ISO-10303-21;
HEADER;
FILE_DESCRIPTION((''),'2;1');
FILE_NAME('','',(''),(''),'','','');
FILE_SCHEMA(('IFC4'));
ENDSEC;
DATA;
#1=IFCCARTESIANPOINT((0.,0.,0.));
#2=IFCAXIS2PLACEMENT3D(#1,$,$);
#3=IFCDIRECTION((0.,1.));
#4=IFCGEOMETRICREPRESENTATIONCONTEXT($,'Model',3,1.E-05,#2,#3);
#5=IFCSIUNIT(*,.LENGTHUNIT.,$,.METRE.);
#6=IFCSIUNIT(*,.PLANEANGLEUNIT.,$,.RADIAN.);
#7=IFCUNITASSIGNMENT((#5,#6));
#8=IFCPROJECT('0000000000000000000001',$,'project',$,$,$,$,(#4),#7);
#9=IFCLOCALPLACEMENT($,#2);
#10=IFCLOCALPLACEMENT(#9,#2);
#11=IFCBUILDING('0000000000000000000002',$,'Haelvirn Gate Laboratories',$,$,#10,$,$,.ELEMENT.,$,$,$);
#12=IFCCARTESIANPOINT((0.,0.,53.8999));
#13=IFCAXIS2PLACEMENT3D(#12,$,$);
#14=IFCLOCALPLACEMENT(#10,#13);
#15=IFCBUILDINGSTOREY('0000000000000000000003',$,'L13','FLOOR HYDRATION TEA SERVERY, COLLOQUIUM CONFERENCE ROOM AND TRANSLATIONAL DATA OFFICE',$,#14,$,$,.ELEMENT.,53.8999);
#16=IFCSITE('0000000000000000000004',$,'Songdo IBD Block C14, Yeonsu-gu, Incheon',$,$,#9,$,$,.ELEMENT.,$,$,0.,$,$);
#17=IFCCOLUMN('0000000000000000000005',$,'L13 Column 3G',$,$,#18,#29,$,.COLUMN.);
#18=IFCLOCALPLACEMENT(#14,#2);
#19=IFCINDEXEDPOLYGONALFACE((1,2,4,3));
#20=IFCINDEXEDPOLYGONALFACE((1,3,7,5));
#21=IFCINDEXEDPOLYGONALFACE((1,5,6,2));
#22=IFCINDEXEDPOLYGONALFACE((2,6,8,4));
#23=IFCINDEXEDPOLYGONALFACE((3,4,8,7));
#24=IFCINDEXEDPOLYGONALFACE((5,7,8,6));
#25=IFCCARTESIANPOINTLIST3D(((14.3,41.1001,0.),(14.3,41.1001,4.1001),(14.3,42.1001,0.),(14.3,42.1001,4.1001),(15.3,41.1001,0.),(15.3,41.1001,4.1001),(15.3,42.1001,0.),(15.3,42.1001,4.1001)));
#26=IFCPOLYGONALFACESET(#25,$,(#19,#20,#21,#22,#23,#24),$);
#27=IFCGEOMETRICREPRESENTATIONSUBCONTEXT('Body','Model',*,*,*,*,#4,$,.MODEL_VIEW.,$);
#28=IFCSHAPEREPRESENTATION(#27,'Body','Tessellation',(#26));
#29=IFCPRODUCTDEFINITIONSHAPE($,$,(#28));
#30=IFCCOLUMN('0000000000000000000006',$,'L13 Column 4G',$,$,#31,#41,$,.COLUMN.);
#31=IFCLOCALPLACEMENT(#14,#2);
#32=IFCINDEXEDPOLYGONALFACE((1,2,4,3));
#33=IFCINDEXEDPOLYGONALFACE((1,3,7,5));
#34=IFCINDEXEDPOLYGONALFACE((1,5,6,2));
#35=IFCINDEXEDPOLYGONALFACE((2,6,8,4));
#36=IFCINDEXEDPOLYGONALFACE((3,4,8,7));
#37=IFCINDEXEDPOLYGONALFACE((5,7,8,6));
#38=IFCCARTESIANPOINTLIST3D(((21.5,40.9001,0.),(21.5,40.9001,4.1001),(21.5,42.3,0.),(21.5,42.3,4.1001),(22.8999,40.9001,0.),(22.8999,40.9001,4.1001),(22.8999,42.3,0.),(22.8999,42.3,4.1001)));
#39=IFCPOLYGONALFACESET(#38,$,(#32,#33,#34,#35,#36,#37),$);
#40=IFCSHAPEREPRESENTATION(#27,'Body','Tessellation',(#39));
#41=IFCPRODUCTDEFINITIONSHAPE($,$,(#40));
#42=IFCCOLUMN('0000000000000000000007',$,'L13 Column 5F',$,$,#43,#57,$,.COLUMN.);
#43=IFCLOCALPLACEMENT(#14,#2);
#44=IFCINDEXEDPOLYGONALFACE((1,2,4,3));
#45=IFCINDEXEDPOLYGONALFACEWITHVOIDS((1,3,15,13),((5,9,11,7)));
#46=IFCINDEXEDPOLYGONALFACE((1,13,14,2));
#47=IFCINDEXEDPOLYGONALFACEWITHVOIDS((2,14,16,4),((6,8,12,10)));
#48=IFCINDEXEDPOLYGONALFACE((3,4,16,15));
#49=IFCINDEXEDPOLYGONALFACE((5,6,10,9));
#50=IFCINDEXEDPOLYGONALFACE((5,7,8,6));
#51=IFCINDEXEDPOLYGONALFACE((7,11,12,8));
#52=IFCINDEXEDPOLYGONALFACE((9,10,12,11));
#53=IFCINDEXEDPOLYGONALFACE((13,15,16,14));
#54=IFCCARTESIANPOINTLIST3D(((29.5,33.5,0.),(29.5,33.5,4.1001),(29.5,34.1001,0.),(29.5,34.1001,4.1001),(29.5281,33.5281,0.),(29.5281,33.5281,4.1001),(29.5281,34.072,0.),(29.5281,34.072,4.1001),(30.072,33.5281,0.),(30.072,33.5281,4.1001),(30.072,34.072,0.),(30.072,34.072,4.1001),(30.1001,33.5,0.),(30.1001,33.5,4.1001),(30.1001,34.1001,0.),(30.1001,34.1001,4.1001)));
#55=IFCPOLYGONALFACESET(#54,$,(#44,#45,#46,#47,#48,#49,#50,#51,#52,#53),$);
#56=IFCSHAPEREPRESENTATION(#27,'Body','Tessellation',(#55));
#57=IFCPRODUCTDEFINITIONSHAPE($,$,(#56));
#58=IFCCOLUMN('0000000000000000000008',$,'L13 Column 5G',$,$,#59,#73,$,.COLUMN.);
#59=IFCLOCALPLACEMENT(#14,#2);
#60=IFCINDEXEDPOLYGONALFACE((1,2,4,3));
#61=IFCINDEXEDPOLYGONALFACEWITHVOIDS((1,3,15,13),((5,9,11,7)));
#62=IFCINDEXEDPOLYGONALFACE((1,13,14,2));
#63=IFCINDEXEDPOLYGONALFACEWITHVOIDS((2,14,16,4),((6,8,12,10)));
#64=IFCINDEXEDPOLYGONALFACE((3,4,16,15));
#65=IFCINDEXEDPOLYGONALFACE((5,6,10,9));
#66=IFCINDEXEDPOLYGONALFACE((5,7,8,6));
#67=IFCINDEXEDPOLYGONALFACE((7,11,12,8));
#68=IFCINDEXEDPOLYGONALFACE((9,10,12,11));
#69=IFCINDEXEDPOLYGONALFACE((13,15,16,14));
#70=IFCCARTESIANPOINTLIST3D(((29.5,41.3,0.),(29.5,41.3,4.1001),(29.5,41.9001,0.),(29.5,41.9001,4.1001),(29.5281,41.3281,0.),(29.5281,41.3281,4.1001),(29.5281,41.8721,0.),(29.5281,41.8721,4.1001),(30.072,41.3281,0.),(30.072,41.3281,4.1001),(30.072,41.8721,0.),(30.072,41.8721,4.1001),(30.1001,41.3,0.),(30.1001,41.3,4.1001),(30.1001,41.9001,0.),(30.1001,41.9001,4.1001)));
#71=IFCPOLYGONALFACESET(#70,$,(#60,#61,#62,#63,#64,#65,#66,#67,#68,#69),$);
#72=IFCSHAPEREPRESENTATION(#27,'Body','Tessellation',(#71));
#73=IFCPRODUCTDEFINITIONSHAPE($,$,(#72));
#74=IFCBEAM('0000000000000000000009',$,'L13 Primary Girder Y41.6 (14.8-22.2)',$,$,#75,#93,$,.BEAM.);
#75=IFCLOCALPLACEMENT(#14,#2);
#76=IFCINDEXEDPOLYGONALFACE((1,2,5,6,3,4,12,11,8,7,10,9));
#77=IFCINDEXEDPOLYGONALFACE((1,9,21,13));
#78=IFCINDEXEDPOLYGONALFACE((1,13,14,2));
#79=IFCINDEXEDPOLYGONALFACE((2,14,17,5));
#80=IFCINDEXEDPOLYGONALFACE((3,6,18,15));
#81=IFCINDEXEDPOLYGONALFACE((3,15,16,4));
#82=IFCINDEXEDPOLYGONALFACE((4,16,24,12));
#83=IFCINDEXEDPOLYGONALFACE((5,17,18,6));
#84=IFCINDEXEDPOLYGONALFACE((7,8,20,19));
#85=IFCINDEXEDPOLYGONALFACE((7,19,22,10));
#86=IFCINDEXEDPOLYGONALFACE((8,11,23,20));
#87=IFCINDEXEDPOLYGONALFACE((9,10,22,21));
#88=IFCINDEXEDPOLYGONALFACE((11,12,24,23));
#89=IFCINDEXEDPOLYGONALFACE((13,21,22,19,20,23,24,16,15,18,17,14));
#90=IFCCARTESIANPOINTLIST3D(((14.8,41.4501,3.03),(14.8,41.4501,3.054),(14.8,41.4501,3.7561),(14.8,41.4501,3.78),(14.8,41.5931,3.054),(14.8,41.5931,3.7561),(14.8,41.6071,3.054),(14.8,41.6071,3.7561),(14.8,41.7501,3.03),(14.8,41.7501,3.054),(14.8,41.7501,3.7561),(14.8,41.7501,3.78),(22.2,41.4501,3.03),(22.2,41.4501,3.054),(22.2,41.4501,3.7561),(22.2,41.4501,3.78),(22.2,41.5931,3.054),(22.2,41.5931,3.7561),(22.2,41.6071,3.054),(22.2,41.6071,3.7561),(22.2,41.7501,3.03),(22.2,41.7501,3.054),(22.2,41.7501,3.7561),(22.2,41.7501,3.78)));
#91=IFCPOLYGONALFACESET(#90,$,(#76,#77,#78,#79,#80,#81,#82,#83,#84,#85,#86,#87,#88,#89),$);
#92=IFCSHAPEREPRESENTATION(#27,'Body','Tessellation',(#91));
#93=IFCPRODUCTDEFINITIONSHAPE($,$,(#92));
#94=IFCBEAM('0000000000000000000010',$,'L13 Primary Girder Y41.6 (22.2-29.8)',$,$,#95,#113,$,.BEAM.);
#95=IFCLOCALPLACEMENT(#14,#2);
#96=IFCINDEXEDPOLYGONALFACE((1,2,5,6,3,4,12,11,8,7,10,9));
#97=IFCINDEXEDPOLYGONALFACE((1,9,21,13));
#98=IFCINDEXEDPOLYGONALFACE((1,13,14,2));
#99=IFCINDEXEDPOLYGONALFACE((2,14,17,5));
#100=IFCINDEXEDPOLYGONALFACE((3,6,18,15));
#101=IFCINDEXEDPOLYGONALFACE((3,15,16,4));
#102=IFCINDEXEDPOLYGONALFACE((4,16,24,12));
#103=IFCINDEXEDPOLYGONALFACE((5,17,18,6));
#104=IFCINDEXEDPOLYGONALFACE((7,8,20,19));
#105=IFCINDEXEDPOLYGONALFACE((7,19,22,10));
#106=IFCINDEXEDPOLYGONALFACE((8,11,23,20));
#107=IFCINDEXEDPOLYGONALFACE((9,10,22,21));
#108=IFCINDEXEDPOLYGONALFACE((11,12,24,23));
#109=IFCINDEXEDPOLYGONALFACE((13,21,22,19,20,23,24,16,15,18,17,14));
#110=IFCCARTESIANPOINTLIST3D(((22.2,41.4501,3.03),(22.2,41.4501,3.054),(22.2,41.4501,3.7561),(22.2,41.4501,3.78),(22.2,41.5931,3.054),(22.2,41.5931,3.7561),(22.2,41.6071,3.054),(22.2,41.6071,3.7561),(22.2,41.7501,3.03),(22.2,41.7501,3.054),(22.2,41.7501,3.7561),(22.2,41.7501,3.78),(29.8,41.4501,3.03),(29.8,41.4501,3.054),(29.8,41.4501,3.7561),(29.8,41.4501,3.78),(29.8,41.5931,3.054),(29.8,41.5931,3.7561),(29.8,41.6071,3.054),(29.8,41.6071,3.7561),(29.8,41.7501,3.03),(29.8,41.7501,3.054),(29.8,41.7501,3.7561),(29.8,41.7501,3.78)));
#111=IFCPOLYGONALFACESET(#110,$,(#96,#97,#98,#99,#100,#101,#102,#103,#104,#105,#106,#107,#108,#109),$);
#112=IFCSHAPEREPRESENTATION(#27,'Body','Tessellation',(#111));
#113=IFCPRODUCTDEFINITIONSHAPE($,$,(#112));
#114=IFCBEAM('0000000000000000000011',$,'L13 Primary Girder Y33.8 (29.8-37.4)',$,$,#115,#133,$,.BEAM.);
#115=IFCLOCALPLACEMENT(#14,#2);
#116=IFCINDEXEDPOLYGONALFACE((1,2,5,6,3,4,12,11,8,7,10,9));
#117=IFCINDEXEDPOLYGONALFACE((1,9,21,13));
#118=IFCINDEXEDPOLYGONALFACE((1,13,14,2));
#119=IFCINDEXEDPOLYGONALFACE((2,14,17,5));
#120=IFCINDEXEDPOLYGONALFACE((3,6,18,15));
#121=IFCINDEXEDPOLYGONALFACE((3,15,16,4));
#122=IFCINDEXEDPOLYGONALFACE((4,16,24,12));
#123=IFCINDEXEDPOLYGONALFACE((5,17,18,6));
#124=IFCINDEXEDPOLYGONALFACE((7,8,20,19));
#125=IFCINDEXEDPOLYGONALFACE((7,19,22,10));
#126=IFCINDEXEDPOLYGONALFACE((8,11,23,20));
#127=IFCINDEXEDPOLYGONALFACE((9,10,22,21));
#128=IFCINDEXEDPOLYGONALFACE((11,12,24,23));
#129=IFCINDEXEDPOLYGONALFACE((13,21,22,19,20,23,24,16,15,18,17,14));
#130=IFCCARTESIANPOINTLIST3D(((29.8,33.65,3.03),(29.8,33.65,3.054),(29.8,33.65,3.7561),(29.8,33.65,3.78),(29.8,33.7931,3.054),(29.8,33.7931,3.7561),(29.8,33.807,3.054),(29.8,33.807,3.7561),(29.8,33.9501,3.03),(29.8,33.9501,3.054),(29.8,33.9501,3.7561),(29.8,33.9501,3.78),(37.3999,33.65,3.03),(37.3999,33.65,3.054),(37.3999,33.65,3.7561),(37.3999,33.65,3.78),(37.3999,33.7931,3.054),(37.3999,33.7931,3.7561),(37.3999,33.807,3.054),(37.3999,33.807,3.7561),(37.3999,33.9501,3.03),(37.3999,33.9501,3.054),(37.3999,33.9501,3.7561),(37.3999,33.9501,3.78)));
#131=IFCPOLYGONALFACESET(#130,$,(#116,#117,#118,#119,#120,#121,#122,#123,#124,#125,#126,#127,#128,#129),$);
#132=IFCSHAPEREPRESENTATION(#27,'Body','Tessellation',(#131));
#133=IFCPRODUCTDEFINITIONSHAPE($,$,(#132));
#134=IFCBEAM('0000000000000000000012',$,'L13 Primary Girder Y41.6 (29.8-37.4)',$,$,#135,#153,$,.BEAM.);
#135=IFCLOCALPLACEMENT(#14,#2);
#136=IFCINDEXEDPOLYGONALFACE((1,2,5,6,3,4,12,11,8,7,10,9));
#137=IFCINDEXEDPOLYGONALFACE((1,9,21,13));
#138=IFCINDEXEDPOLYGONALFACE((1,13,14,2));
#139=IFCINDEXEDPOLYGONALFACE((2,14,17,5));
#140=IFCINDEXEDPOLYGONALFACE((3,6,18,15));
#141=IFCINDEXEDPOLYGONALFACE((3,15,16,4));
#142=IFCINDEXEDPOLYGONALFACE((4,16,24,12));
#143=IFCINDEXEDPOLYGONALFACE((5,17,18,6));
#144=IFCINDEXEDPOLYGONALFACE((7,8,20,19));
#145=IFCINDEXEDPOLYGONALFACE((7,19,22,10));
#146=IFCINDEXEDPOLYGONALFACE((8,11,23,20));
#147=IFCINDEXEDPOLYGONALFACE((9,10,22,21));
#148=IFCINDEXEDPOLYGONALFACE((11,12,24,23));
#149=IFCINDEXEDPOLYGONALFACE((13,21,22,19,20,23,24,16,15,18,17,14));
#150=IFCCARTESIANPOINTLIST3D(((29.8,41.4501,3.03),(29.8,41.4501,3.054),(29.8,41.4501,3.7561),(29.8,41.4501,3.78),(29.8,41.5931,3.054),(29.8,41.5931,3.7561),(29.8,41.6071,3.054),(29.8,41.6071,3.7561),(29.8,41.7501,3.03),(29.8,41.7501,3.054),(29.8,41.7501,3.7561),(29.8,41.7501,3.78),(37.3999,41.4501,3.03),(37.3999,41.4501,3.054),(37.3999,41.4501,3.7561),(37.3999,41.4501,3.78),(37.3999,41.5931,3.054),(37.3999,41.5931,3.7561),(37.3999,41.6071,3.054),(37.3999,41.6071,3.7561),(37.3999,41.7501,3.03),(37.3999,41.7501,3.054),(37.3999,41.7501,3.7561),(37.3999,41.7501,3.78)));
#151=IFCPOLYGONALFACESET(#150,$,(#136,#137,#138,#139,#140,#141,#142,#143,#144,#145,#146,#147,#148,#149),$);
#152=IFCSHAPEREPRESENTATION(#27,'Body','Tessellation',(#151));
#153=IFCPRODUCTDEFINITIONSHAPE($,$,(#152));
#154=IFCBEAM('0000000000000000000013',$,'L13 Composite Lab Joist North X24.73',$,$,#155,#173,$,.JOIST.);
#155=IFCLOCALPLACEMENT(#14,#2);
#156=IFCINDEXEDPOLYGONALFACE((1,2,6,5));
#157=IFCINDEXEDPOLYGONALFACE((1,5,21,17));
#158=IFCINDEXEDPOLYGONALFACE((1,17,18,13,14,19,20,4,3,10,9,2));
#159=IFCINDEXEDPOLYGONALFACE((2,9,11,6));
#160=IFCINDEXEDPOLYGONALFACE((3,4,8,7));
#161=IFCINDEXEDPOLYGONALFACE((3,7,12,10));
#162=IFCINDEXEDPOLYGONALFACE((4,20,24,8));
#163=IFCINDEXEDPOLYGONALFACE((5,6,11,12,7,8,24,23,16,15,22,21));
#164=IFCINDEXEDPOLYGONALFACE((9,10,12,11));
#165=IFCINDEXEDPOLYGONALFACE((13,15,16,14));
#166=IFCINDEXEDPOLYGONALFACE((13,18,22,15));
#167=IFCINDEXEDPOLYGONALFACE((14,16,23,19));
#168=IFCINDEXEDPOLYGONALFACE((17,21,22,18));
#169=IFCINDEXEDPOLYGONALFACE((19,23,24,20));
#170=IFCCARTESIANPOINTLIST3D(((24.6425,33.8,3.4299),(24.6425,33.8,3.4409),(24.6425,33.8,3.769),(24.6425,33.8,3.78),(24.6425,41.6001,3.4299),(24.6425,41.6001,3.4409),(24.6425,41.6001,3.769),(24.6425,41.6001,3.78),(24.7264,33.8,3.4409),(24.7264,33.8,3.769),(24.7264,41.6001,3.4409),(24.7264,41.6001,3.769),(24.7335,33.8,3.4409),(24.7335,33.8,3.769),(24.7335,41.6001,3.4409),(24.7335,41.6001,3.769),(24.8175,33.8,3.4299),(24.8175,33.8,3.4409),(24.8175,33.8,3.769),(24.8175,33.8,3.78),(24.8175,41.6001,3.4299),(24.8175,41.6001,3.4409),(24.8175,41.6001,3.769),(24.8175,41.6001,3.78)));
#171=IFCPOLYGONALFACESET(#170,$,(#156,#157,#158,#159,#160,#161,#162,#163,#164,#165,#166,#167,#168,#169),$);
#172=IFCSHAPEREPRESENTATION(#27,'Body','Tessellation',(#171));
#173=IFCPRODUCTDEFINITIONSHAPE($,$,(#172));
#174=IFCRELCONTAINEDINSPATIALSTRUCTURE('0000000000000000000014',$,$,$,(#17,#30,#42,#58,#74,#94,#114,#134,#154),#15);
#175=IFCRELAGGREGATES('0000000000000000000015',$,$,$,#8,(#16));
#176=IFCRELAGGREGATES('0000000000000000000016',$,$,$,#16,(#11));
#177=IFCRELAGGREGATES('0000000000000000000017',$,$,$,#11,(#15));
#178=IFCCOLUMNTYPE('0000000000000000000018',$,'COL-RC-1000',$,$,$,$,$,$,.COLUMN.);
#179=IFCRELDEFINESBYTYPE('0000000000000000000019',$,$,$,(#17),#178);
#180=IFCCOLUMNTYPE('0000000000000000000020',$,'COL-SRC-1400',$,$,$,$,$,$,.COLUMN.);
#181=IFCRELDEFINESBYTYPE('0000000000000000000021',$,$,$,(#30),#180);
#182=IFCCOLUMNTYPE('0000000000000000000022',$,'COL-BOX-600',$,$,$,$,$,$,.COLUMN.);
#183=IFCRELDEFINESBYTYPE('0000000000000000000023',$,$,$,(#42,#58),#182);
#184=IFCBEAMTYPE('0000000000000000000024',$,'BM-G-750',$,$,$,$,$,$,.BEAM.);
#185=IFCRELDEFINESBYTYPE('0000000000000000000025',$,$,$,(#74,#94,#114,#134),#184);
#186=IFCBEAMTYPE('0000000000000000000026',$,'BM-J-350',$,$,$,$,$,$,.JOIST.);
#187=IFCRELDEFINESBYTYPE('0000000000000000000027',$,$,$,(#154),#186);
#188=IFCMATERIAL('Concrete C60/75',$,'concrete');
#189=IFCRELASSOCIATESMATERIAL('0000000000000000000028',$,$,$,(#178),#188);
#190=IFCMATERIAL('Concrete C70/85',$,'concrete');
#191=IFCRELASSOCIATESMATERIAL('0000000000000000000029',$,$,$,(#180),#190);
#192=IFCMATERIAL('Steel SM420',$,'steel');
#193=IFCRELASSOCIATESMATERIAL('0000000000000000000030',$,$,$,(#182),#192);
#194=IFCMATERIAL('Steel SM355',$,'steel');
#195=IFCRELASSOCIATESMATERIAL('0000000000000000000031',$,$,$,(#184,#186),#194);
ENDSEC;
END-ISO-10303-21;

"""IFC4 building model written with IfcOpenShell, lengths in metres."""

from ifc_helpers import new_model, si_unit, direction, frame, origin, origin_2d, place, context, subcontext, project, spatial, rectangle, hollow_rectangle, i_section, extrude, source, transform, mapped, material, material_profile, profile_set, type_object, type_shapes, element, save


model = new_model("IFC4")

# Units and contexts
model_context = context("Model", 3, precision=1e-05, world=origin(), true_north=direction((0.0, 1.0)))
body_context = subcontext(model_context, "Body", "Model", "MODEL_VIEW")
ifc_project = project(units=[si_unit("LENGTHUNIT", "METRE"), si_unit("PLANEANGLEUNIT", "RADIAN")], contexts=[model_context])

# Site, building, storey
site_placement = place(None, origin())
site = spatial("IfcSite", under=ifc_project, at=site_placement, Name="Songdo IBD Block C14, Yeonsu-gu, Incheon", CompositionType="ELEMENT", RefElevation=0.0)
building_placement = place(site_placement, origin())
building = spatial("IfcBuilding", under=site, at=building_placement, Name="Haelvirn Gate Laboratories", CompositionType="ELEMENT")
storey_placement = place(building_placement, frame((0.0, 0.0, 53.8999)))
storey = spatial("IfcBuildingStorey", under=building, at=storey_placement, Name="L13", Description="FLOOR HYDRATION TEA SERVERY, COLLOQUIUM CONFERENCE ROOM AND TRANSLATIONAL DATA OFFICE", CompositionType="ELEMENT", Elevation=53.8999)

# Columns
ifc_material_1 = material(Name="Concrete C60/75", Category="concrete")
ifc_material_profile_1 = material_profile(ifc_material_1, rectangle(XDim=1.0, YDim=1.0, at=origin_2d()), Name="RC-1000x1000")
ifc_profile_set_1 = profile_set([ifc_material_profile_1], Name="Concrete C60/75")
column_type_1 = type_object("IfcColumnType", Name="COL-RC-1000", PredefinedType="COLUMN", material=ifc_profile_set_1)
shared_shape_1 = source(origin(), body_context, "Body", "SweptSolid", [
    extrude(rectangle(XDim=1.0, YDim=1.0, at=origin_2d()), origin(), (0.0, 0.0, 1.0), 4.1001),
])
type_shapes(column_type_1, [shared_shape_1])
column_1_placement = place(storey_placement, frame((14.8, 41.6001, 0.0), z_axis=(0.0, 0.0, 1.0), x_axis=(1.0, 0.0, 0.0)))
element("IfcColumn", 1, at=column_1_placement, inside=storey, type_object=column_type_1, Name="L13 Column 3G", PredefinedType="COLUMN", context=body_context, shape_type="MappedRepresentation", body=[
    mapped(shared_shape_1, transform((0.0, 0.0, 0.0), scale=1.0)),
])
ifc_material_2 = material(Name="Concrete C70/85", Category="concrete")
ifc_material_profile_2 = material_profile(ifc_material_2, rectangle(XDim=1.3999, YDim=1.3999, at=origin_2d()), Name="SRC-1400x1400")
ifc_profile_set_2 = profile_set([ifc_material_profile_2], Name="Concrete C70/85")
column_type_2 = type_object("IfcColumnType", Name="COL-SRC-1400", PredefinedType="COLUMN", material=ifc_profile_set_2)
shared_shape_2 = source(origin(), body_context, "Body", "SweptSolid", [
    extrude(rectangle(XDim=1.3999, YDim=1.3999, at=origin_2d()), origin(), (0.0, 0.0, 1.0), 4.1001),
])
type_shapes(column_type_2, [shared_shape_2])
column_2_placement = place(storey_placement, frame((22.2, 41.6001, 0.0), z_axis=(0.0, 0.0, 1.0), x_axis=(1.0, 0.0, 0.0)))
element("IfcColumn", 2, at=column_2_placement, inside=storey, type_object=column_type_2, Name="L13 Column 4G", PredefinedType="COLUMN", context=body_context, shape_type="MappedRepresentation", body=[
    mapped(shared_shape_2, transform((0.0, 0.0, 0.0), scale=1.0)),
])
ifc_material_3 = material(Name="Steel SM420", Category="steel")
ifc_material_profile_3 = material_profile(ifc_material_3, hollow_rectangle(XDim=0.6001, YDim=0.6001, WallThickness=0.0281, at=origin_2d()), Name="BOX-600x600x28")
ifc_profile_set_3 = profile_set([ifc_material_profile_3], Name="Steel SM420")
column_type_3 = type_object("IfcColumnType", Name="COL-BOX-600", PredefinedType="COLUMN", material=ifc_profile_set_3)
shared_shape_3 = source(origin(), body_context, "Body", "SweptSolid", [
    extrude(hollow_rectangle(XDim=0.6001, YDim=0.6001, WallThickness=0.0281, at=origin_2d()), origin(), (0.0, 0.0, 1.0), 4.1001),
])
type_shapes(column_type_3, [shared_shape_3])
for number, where, z_axis, x_axis, name in (
    (3, (29.8, 33.8, 0.0), (0.0, 0.0, 1.0), (1.0, 0.0, 0.0), "L13 Column 5F"),
    (4, (29.8, 41.6001, 0.0), (0.0, 0.0, 1.0), (1.0, 0.0, 0.0), "L13 Column 5G"),
):
    element("IfcColumn", number, at=place(storey_placement, frame(where, z_axis=z_axis, x_axis=x_axis)), inside=storey, type_object=column_type_3, Name=name, PredefinedType="COLUMN", context=body_context, shape_type="MappedRepresentation", body=[
        mapped(shared_shape_3, transform((0.0, 0.0, 0.0), scale=1.0)),
    ])

# Beams
ifc_material_4 = material(Name="Steel SM355", Category="steel")
ifc_material_profile_4 = material_profile(ifc_material_4, i_section(OverallWidth=0.3, OverallDepth=0.75, WebThickness=0.0139, FlangeThickness=0.0239, at=origin_2d()), Name="H-750x300x14x24")
ifc_profile_set_4 = profile_set([ifc_material_profile_4], Name="Steel SM355")
beam_type_1 = type_object("IfcBeamType", Name="BM-G-750", PredefinedType="BEAM", material=ifc_profile_set_4)
shared_shape_4 = source(origin(), body_context, "Body", "SweptSolid", [
    extrude(i_section(OverallWidth=0.3, OverallDepth=0.75, WebThickness=0.0139, FlangeThickness=0.0239, at=origin_2d()), origin(), (0.0, 0.0, 1.0), 7.3999),
])
beam_1_placement = place(storey_placement, frame((14.8, 41.6001, 3.405), z_axis=(1.0, 0.0, 0.0), x_axis=(0.0, 1.0, 0.0)))
element("IfcBeam", 5, at=beam_1_placement, inside=storey, type_object=beam_type_1, Name="L13 Primary Girder Y41.6 (14.8-22.2)", PredefinedType="BEAM", context=body_context, shape_type="MappedRepresentation", body=[
    mapped(shared_shape_4, transform((0.0, 0.0, 0.0), scale=1.0)),
])
shared_shape_5 = source(origin(), body_context, "Body", "SweptSolid", [
    extrude(i_section(OverallWidth=0.3, OverallDepth=0.75, WebThickness=0.0139, FlangeThickness=0.0239, at=origin_2d()), origin(), (0.0, 0.0, 1.0), 7.6001),
])
beam_2_placement = place(storey_placement, frame((22.2, 41.6001, 3.405), z_axis=(1.0, 0.0, 0.0), x_axis=(0.0, 1.0, 0.0)))
element("IfcBeam", 6, at=beam_2_placement, inside=storey, type_object=beam_type_1, Name="L13 Primary Girder Y41.6 (22.2-29.8)", PredefinedType="BEAM", context=body_context, shape_type="MappedRepresentation", body=[
    mapped(shared_shape_5, transform((0.0, 0.0, 0.0), scale=1.0)),
])
shared_shape_6 = source(origin(), body_context, "Body", "SweptSolid", [
    extrude(i_section(OverallWidth=0.3, OverallDepth=0.75, WebThickness=0.0139, FlangeThickness=0.0239, at=origin_2d()), origin(), (0.0, 0.0, 1.0), 7.5999),
])
type_shapes(beam_type_1, [shared_shape_4, shared_shape_5, shared_shape_6])
for number, where, z_axis, x_axis, name in (
    (7, (29.8, 33.8, 3.405), (1.0, 0.0, 0.0), (0.0, 1.0, 0.0), "L13 Primary Girder Y33.8 (29.8-37.4)"),
    (8, (29.8, 41.6001, 3.405), (1.0, 0.0, 0.0), (0.0, 1.0, 0.0), "L13 Primary Girder Y41.6 (29.8-37.4)"),
):
    element("IfcBeam", number, at=place(storey_placement, frame(where, z_axis=z_axis, x_axis=x_axis)), inside=storey, type_object=beam_type_1, Name=name, PredefinedType="BEAM", context=body_context, shape_type="MappedRepresentation", body=[
        mapped(shared_shape_6, transform((0.0, 0.0, 0.0), scale=1.0)),
    ])
ifc_material_profile_5 = material_profile(ifc_material_4, i_section(OverallWidth=0.175, OverallDepth=0.3501, WebThickness=0.0071, FlangeThickness=0.011, at=origin_2d()), Name="H-350x175x7x11")
ifc_profile_set_5 = profile_set([ifc_material_profile_5], Name="Steel SM355")
beam_type_2 = type_object("IfcBeamType", Name="BM-J-350", PredefinedType="JOIST", material=ifc_profile_set_5)
shared_shape_7 = source(origin(), body_context, "Body", "SweptSolid", [
    extrude(i_section(OverallWidth=0.175, OverallDepth=0.3501, WebThickness=0.0071, FlangeThickness=0.011, at=origin_2d()), origin(), (0.0, 0.0, 1.0), 7.8),
])
type_shapes(beam_type_2, [shared_shape_7])
for number, where, z_axis, x_axis, name in (
    (9, (24.73, 33.8, 3.605), (0.0, 1.0, 0.0), (-1.0, 0.0, 0.0), "L13 Composite Lab Joist North X24.73"),
):
    element("IfcBeam", number, at=place(storey_placement, frame(where, z_axis=z_axis, x_axis=x_axis)), inside=storey, type_object=beam_type_2, Name=name, PredefinedType="JOIST", context=body_context, shape_type="MappedRepresentation", body=[
        mapped(shared_shape_7, transform((0.0, 0.0, 0.0), scale=1.0)),
    ])

save(model, "model.ifc")
